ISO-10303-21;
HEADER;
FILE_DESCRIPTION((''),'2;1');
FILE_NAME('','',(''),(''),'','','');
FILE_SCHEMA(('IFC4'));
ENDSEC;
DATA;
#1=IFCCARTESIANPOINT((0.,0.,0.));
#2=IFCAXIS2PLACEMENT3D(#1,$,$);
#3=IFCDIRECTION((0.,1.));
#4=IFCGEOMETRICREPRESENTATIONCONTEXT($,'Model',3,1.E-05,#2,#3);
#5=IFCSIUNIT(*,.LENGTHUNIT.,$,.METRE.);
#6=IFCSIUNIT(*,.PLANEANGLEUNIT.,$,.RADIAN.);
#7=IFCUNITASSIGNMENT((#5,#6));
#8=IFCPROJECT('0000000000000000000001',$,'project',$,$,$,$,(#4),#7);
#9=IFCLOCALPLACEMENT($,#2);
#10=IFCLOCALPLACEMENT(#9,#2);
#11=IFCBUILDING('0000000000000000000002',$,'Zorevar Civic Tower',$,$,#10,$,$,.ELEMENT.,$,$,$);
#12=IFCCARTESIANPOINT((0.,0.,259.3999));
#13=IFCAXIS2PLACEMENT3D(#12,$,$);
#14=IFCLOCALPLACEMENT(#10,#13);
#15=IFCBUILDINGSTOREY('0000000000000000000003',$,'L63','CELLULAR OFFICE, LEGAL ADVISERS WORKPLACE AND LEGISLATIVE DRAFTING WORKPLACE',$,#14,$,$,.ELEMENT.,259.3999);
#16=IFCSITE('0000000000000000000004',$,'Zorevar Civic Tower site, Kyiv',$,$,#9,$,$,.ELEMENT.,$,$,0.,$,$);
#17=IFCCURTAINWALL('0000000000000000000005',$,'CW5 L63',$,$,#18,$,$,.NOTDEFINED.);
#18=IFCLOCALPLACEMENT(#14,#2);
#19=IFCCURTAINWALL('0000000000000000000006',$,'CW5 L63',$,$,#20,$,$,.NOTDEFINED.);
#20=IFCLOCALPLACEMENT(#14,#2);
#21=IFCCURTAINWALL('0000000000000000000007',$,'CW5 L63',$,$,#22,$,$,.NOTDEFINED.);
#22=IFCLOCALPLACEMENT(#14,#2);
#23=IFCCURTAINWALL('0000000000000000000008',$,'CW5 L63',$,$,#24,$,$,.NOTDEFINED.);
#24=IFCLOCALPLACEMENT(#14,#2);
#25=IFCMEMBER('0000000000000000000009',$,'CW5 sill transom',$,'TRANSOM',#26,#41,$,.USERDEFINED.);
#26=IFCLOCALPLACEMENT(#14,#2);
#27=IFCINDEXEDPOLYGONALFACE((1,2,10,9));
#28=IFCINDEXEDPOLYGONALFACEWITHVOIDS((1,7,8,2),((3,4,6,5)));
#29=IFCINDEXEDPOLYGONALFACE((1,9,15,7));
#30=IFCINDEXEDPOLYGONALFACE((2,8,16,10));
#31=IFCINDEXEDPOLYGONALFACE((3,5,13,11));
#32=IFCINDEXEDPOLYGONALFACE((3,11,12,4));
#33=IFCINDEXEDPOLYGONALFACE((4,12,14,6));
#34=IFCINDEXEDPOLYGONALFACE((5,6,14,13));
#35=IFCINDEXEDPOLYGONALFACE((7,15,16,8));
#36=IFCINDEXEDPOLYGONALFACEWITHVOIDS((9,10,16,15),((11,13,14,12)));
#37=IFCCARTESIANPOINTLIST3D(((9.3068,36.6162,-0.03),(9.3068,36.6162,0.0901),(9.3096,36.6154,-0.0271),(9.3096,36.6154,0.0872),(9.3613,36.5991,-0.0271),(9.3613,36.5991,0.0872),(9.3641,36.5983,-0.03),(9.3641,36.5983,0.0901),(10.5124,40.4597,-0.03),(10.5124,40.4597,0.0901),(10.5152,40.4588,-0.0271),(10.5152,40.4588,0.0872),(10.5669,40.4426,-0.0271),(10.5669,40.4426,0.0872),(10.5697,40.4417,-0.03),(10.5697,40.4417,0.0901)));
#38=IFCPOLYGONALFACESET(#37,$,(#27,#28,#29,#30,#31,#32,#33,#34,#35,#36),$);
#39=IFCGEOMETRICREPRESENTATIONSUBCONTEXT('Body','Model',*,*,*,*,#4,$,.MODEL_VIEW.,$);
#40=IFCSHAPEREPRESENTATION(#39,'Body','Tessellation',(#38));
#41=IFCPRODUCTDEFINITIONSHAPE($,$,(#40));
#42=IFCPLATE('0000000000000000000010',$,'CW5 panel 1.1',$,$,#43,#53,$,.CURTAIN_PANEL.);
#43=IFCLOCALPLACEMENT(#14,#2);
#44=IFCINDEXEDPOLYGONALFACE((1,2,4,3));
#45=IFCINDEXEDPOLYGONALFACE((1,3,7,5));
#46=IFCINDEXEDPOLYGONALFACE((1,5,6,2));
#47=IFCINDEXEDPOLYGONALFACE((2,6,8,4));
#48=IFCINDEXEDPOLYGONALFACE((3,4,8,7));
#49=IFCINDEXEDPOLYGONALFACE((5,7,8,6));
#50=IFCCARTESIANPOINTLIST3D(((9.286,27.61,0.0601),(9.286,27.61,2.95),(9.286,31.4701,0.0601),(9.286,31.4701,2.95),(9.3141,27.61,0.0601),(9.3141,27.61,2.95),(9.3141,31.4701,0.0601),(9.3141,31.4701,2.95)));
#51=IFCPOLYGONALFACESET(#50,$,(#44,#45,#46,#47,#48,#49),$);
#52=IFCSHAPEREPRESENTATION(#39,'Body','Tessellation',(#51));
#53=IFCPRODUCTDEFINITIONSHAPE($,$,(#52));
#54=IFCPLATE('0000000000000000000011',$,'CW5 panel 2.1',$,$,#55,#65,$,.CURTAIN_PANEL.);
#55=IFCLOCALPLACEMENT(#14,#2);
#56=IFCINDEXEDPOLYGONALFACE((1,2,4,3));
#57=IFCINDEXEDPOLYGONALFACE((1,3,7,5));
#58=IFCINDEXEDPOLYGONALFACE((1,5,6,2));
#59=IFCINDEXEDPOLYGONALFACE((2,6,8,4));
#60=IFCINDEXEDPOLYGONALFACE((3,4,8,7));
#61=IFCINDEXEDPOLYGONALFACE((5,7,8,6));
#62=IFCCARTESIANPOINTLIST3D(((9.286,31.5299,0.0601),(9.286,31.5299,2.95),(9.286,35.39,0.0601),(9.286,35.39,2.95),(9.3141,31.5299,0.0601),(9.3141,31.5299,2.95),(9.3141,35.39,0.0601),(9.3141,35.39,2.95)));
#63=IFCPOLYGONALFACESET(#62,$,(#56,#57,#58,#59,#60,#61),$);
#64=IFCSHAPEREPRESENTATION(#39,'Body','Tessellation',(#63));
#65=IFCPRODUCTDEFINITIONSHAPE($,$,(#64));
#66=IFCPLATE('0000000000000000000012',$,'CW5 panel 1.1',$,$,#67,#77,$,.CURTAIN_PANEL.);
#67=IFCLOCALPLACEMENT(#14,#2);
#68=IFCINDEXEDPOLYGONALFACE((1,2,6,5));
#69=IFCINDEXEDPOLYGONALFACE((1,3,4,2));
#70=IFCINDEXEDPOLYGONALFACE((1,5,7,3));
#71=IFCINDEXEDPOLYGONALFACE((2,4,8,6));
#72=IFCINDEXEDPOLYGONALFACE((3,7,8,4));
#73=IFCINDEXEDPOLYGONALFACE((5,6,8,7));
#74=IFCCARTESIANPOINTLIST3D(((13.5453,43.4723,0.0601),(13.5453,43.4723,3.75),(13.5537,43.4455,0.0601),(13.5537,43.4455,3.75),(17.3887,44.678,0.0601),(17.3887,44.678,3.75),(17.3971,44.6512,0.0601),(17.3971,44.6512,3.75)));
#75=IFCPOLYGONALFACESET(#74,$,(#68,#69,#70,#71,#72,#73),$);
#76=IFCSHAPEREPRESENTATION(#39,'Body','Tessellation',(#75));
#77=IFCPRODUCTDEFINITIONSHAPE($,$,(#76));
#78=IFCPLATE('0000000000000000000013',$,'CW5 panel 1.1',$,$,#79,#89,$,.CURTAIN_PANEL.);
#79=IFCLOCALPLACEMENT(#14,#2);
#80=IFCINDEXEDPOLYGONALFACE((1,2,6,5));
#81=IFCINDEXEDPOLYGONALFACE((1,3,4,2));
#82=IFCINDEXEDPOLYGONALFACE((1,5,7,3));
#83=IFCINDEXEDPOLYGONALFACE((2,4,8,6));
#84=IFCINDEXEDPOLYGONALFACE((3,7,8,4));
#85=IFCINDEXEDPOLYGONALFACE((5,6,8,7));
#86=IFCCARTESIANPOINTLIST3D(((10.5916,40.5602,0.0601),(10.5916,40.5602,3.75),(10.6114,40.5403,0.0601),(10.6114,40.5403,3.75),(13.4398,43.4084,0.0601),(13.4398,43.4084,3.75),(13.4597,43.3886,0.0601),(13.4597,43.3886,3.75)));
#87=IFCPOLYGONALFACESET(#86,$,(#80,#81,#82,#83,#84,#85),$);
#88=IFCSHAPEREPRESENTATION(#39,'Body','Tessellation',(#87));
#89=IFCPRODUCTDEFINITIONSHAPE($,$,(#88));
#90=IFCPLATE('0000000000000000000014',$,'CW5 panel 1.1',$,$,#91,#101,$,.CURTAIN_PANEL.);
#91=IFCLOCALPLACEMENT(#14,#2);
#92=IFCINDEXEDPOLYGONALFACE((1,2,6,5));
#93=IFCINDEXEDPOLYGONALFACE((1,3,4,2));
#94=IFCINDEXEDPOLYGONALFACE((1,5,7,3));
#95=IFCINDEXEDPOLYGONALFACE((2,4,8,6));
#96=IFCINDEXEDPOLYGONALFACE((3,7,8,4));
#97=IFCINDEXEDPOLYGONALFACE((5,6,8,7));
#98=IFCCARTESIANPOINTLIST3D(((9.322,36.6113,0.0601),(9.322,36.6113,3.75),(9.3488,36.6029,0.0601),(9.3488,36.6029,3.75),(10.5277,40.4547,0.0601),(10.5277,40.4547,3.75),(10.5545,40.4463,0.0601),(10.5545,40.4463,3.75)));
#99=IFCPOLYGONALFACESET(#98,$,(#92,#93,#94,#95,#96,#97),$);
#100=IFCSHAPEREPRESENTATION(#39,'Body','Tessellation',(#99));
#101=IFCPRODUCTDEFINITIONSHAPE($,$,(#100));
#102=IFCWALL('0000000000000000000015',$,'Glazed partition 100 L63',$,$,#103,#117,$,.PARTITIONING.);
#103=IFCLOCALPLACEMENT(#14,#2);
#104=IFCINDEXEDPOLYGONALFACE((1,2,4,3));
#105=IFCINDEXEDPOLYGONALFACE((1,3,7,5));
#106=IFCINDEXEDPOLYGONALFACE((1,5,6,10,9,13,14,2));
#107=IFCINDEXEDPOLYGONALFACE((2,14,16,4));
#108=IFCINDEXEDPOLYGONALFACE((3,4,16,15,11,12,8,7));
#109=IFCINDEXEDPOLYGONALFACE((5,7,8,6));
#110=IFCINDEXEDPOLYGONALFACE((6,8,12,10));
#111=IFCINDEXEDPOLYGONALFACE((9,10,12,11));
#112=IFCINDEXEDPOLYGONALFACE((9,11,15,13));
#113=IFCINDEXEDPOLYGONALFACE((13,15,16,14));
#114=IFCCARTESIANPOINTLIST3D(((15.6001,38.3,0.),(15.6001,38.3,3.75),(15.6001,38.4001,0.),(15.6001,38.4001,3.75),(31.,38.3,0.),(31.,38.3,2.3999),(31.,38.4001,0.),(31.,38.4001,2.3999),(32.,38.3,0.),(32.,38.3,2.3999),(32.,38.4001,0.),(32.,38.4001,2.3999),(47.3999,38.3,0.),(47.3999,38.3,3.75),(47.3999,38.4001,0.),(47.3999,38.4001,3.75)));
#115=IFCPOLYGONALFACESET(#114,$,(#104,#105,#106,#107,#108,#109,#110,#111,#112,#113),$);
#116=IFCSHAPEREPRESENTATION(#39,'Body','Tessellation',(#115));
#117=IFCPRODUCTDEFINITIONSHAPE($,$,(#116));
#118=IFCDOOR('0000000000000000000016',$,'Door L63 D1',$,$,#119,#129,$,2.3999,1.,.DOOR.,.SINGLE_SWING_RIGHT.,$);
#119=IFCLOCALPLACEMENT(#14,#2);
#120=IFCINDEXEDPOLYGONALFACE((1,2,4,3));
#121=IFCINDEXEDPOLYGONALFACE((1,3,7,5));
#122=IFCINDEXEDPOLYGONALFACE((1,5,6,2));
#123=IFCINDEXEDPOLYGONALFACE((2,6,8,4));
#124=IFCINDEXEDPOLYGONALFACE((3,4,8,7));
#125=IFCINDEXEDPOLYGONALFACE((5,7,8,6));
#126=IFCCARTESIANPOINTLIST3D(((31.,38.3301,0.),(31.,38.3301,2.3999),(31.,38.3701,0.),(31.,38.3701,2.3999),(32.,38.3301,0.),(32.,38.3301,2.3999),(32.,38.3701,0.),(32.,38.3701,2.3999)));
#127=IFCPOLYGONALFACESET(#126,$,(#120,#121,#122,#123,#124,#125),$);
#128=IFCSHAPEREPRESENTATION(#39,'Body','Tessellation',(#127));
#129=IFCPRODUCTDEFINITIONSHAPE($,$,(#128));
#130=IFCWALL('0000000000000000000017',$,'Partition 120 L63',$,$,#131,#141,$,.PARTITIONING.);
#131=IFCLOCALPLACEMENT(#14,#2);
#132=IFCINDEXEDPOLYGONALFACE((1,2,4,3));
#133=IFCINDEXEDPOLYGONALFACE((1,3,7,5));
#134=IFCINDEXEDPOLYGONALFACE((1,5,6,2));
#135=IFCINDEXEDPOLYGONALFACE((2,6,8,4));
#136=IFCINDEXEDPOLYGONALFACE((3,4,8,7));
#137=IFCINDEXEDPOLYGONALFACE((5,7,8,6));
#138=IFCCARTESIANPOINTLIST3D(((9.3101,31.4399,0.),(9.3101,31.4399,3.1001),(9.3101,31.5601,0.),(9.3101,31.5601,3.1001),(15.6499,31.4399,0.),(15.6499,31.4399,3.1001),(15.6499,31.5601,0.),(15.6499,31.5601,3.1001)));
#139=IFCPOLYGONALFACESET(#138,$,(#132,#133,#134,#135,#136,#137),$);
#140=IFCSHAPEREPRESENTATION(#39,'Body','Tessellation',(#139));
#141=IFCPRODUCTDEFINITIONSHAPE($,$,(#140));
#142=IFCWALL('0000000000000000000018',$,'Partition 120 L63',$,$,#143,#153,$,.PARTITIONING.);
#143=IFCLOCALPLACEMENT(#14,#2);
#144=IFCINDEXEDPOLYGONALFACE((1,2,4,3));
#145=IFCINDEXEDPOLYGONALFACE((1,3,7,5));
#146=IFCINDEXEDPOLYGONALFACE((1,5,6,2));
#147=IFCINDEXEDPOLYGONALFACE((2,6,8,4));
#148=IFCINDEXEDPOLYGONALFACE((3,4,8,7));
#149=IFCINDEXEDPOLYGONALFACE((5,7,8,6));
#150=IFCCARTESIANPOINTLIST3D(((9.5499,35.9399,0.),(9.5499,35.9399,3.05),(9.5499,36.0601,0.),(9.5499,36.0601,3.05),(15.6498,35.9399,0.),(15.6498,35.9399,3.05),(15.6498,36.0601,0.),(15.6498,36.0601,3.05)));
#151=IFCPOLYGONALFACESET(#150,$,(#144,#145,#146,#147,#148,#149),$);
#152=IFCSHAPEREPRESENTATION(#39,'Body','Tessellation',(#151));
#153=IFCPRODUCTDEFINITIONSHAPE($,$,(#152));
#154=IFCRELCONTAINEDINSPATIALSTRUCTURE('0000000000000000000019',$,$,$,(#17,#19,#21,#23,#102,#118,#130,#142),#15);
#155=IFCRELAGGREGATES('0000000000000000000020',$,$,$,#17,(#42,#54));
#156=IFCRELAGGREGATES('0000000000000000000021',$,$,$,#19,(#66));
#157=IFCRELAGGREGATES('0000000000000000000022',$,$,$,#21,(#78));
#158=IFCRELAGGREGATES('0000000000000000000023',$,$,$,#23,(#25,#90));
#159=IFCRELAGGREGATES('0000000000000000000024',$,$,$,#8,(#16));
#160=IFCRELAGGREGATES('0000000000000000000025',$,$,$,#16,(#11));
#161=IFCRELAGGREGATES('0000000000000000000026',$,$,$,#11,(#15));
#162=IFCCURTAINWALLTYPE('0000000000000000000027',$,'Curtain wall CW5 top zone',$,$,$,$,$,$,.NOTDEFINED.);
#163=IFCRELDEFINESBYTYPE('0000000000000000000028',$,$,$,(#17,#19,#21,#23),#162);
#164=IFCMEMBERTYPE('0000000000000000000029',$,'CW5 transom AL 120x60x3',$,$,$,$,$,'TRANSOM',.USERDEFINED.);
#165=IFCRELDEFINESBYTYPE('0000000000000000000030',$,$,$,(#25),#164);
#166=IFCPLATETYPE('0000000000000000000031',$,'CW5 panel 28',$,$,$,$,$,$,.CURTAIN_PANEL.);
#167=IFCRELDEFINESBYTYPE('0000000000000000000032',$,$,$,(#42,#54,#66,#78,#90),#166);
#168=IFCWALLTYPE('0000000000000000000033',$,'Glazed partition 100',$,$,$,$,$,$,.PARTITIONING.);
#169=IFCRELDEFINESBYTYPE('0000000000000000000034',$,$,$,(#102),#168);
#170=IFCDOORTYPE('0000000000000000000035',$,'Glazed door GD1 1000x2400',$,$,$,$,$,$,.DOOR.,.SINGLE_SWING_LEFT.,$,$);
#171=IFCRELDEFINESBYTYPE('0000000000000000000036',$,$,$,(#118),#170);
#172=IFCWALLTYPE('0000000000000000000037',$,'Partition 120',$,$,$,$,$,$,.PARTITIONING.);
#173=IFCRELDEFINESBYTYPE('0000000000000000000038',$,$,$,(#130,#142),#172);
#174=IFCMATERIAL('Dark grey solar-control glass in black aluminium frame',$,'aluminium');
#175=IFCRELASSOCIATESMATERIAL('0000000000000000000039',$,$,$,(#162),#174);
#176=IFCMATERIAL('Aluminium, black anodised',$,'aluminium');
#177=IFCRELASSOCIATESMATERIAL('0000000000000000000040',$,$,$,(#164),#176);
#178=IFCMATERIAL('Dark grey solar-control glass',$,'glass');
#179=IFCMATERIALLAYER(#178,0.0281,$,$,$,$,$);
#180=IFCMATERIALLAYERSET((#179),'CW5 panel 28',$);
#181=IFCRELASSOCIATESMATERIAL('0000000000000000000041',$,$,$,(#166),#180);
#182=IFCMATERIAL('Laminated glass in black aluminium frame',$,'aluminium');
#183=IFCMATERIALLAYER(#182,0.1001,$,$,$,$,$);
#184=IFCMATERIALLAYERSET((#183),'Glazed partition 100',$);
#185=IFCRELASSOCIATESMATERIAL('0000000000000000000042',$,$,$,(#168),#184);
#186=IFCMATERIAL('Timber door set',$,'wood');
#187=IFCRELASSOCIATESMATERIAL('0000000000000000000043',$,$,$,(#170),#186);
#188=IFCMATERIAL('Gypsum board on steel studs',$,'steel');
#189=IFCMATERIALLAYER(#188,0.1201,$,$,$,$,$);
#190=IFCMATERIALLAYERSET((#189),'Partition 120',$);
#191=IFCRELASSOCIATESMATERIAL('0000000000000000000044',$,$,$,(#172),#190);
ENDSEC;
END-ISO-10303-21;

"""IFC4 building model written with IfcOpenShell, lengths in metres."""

from ifc_helpers import new_model, si_unit, direction, frame, frame_2d, origin, origin_2d, place, context, subcontext, project, spatial, rectangle, hollow_rectangle, extrude, material, layer, layer_set, material_profile, profile_set, type_object, element, fill, aggregate, save


model = new_model("IFC4")

# Units and contexts
model_context = context("Model", 3, precision=1e-05, world=origin(), true_north=direction((0.0, 1.0)))
body_context = subcontext(model_context, "Body", "Model", "MODEL_VIEW")
ifc_project = project(units=[si_unit("LENGTHUNIT", "METRE"), si_unit("PLANEANGLEUNIT", "RADIAN")], contexts=[model_context])

# Site, building, storey
site_placement = place(None, origin())
site = spatial("IfcSite", under=ifc_project, at=site_placement, Name="Zorevar Civic Tower site, Kyiv", CompositionType="ELEMENT", RefElevation=0.0)
building_placement = place(site_placement, origin())
building = spatial("IfcBuilding", under=site, at=building_placement, Name="Zorevar Civic Tower", CompositionType="ELEMENT")
storey_placement = place(building_placement, frame((0.0, 0.0, 259.3999)))
storey = spatial("IfcBuildingStorey", under=building, at=storey_placement, Name="L63", Description="CELLULAR OFFICE, LEGAL ADVISERS WORKPLACE AND LEGISLATIVE DRAFTING WORKPLACE", CompositionType="ELEMENT", Elevation=259.3999)

# Curtain wall
ifc_material_1 = material(Name="Dark grey solar-control glass in black aluminium frame", Category="aluminium")
curtain_wall_type = type_object("IfcCurtainWallType", Name="Curtain wall CW5 top zone", PredefinedType="NOTDEFINED", material=ifc_material_1)
curtain_wall_1_placement = place(storey_placement, origin())
curtain_wall_1 = element("IfcCurtainWall", 1, at=curtain_wall_1_placement, inside=storey, type_object=curtain_wall_type, Name="CW5 L63", PredefinedType="NOTDEFINED")

# Curtain wall
curtain_wall_2_placement = place(storey_placement, origin())
curtain_wall_2 = element("IfcCurtainWall", 2, at=curtain_wall_2_placement, inside=storey, type_object=curtain_wall_type, Name="CW5 L63", PredefinedType="NOTDEFINED")

# Curtain walls
curtain_wall_3_placement = place(storey_placement, origin())
curtain_wall_3 = element("IfcCurtainWall", 3, at=curtain_wall_3_placement, inside=storey, type_object=curtain_wall_type, Name="CW5 L63", PredefinedType="NOTDEFINED")
curtain_wall_4_placement = place(storey_placement, origin())
curtain_wall_4 = element("IfcCurtainWall", 4, at=curtain_wall_4_placement, inside=storey, type_object=curtain_wall_type, Name="CW5 L63", PredefinedType="NOTDEFINED")

# Member
ifc_material_2 = material(Name="Aluminium, black anodised", Category="aluminium")
ifc_material_profile_1 = material_profile(ifc_material_2, hollow_rectangle(XDim=0.0601, YDim=0.1201, WallThickness=0.0029, at=origin_2d()), Name="AL 120x60x3")
ifc_profile_set_1 = profile_set([ifc_material_profile_1], Name="Aluminium, black anodised")
member_type_1 = type_object("IfcMemberType", Name="CW5 transom AL 120x60x3", ElementType="TRANSOM", PredefinedType="USERDEFINED", material=ifc_profile_set_1)
member_1_placement = place(storey_placement, frame((10.541, 40.4507, 0.03), z_axis=(-0.299286, -0.954163, 0.0), x_axis=(0.954163, -0.299286, 0.0)))
member_1 = element("IfcMember", 5, at=member_1_placement, type_object=member_type_1, Name="CW5 sill transom", ObjectType="TRANSOM", PredefinedType="USERDEFINED", context=body_context, shape_type="SweptSolid", body=[
    extrude(hollow_rectangle(XDim=0.0601, YDim=0.1201, WallThickness=0.0029, at=origin_2d()), origin(), (0.0, 0.0, 1.0), 4.0281),
])

# Plates
ifc_material_3 = material(Name="Dark grey solar-control glass", Category="glass")
ifc_layer_1 = layer(ifc_material_3, 0.0281)
ifc_layer_set_1 = layer_set([ifc_layer_1], Name="CW5 panel 28")
plate_type = type_object("IfcPlateType", Name="CW5 panel 28", PredefinedType="CURTAIN_PANEL", material=ifc_layer_set_1)
plate_1_placement = place(storey_placement, frame((9.3, 29.54, 0.0601), z_axis=(0.0, 0.0, 1.0), x_axis=(0.0, 1.0, 0.0)))
plate_1 = element("IfcPlate", 6, at=plate_1_placement, type_object=plate_type, Name="CW5 panel 1.1", PredefinedType="CURTAIN_PANEL", context=body_context, shape_type="SweptSolid", body=[
    extrude(rectangle(XDim=3.8601, YDim=0.0281, at=origin_2d()), origin(), (0.0, 0.0, 1.0), 2.8899),
])
plate_2_placement = place(storey_placement, frame((9.3, 33.46, 0.0601), z_axis=(0.0, 0.0, 1.0), x_axis=(0.0, 1.0, 0.0)))
plate_2 = element("IfcPlate", 7, at=plate_2_placement, type_object=plate_type, Name="CW5 panel 2.1", PredefinedType="CURTAIN_PANEL", context=body_context, shape_type="SweptSolid", body=[
    extrude(rectangle(XDim=3.8601, YDim=0.0281, at=origin_2d()), origin(), (0.0, 0.0, 1.0), 2.8899),
])
aggregate(curtain_wall_1, [plate_1, plate_2])
plate_3_placement = place(storey_placement, frame((15.4712, 44.0618, 0.0601), z_axis=(0.0, 0.0, 1.0), x_axis=(-0.954153, -0.299318, 0.0)))
plate_3 = element("IfcPlate", 8, at=plate_3_placement, type_object=plate_type, Name="CW5 panel 1.1", PredefinedType="CURTAIN_PANEL", context=body_context, shape_type="SweptSolid", body=[
    extrude(rectangle(XDim=4.0281, YDim=0.0281, at=origin_2d()), origin(), (0.0, 0.0, 1.0), 3.6899),
])
aggregate(curtain_wall_2, [plate_3])
plate_4_placement = place(storey_placement, frame((12.0256, 41.9744, 0.0601), z_axis=(0.0, 0.0, 1.0), x_axis=(-0.707107, -0.707107, 0.0)))
plate_4 = element("IfcPlate", 9, at=plate_4_placement, type_object=plate_type, Name="CW5 panel 1.1", PredefinedType="CURTAIN_PANEL", context=body_context, shape_type="SweptSolid", body=[
    extrude(rectangle(XDim=4.0281, YDim=0.0281, at=origin_2d()), origin(), (0.0, 0.0, 1.0), 3.6899),
])
aggregate(curtain_wall_3, [plate_4])
plate_5_placement = place(storey_placement, frame((9.9382, 38.5288, 0.0601), z_axis=(0.0, 0.0, 1.0), x_axis=(-0.299318, -0.954153, 0.0)))
plate_5 = element("IfcPlate", 10, at=plate_5_placement, type_object=plate_type, Name="CW5 panel 1.1", PredefinedType="CURTAIN_PANEL", context=body_context, shape_type="SweptSolid", body=[
    extrude(rectangle(XDim=4.0281, YDim=0.0281, at=origin_2d()), origin(), (0.0, 0.0, 1.0), 3.6899),
])
aggregate(curtain_wall_4, [member_1, plate_5])

# Wall, opening, door
ifc_material_4 = material(Name="Laminated glass in black aluminium frame", Category="aluminium")
ifc_layer_2 = layer(ifc_material_4, 0.1001)
ifc_layer_set_2 = layer_set([ifc_layer_2], Name="Glazed partition 100")
wall_type_1 = type_object("IfcWallType", Name="Glazed partition 100", PredefinedType="PARTITIONING", material=ifc_layer_set_2)
wall_1_placement = place(storey_placement, frame((15.6001, 38.3501, 0.0), z_axis=(0.0, 0.0, 1.0), x_axis=(1.0, 0.0, 0.0)))
wall_1 = element("IfcWall", 11, at=wall_1_placement, inside=storey, type_object=wall_type_1, Name="Glazed partition 100 L63", PredefinedType="PARTITIONING", context=body_context, shape_type="SweptSolid", body=[
    extrude(rectangle(XDim=31.7998, YDim=0.1001, at=frame_2d((15.8999, 0.0))), origin(), (0.0, 0.0, 1.0), 3.75),
])
opening_placement = place(wall_1_placement, frame((15.3999, 0.0, 0.0)))
opening = element("IfcOpeningElement", 12, at=opening_placement, cuts=wall_1, PredefinedType="OPENING", context=body_context, shape_type="SweptSolid", body=[
    extrude(rectangle(XDim=1.0, YDim=2.3999, at=frame_2d((0.5, 1.2))), frame((0.0, 0.0601, 0.0), z_axis=(0.0, -1.0, 0.0), x_axis=(1.0, 0.0, 0.0)), (0.0, 0.0, 1.0), 0.1201),
])
ifc_material_5 = material(Name="Timber door set", Category="wood")
door_type = type_object("IfcDoorType", Name="Glazed door GD1 1000x2400", OperationType="SINGLE_SWING_LEFT", PredefinedType="DOOR", material=ifc_material_5)
door_placement = place(opening_placement, origin())
door = element("IfcDoor", 13, at=door_placement, inside=storey, type_object=door_type, Name="Door L63 D1", OperationType="SINGLE_SWING_RIGHT", OverallHeight=2.3999, OverallWidth=1.0, PredefinedType="DOOR", context=body_context, shape_type="SweptSolid", body=[
    extrude(rectangle(XDim=1.0, YDim=2.3999, at=frame_2d((0.5, 1.2))), frame((0.0, 0.02, 0.0), z_axis=(0.0, -1.0, 0.0), x_axis=(1.0, 0.0, 0.0)), (0.0, 0.0, 1.0), 0.04),
])
fill(opening, door)

# Walls
ifc_material_6 = material(Name="Gypsum board on steel studs", Category="steel")
ifc_layer_3 = layer(ifc_material_6, 0.1201)
ifc_layer_set_3 = layer_set([ifc_layer_3], Name="Partition 120")
wall_type_2 = type_object("IfcWallType", Name="Partition 120", PredefinedType="PARTITIONING", material=ifc_layer_set_3)
wall_2_placement = place(storey_placement, frame((9.3101, 31.5, 0.0), z_axis=(0.0, 0.0, 1.0), x_axis=(1.0, 0.0, 0.0)))
element("IfcWall", 14, at=wall_2_placement, inside=storey, type_object=wall_type_2, Name="Partition 120 L63", PredefinedType="PARTITIONING", context=body_context, shape_type="SweptSolid", body=[
    extrude(rectangle(XDim=6.3398, YDim=0.1201, at=frame_2d((3.1699, 0.0))), origin(), (0.0, 0.0, 1.0), 3.1001),
])
wall_3_placement = place(storey_placement, frame((9.55, 36.0, 0.0), z_axis=(0.0, 0.0, 1.0), x_axis=(1.0, 0.0, 0.0)))
element("IfcWall", 15, at=wall_3_placement, inside=storey, type_object=wall_type_2, Name="Partition 120 L63", PredefinedType="PARTITIONING", context=body_context, shape_type="SweptSolid", body=[
    extrude(rectangle(XDim=6.0999, YDim=0.1201, at=frame_2d((3.0498, 0.0))), origin(), (0.0, 0.0, 1.0), 3.05),
])

save(model, "model.ifc")
